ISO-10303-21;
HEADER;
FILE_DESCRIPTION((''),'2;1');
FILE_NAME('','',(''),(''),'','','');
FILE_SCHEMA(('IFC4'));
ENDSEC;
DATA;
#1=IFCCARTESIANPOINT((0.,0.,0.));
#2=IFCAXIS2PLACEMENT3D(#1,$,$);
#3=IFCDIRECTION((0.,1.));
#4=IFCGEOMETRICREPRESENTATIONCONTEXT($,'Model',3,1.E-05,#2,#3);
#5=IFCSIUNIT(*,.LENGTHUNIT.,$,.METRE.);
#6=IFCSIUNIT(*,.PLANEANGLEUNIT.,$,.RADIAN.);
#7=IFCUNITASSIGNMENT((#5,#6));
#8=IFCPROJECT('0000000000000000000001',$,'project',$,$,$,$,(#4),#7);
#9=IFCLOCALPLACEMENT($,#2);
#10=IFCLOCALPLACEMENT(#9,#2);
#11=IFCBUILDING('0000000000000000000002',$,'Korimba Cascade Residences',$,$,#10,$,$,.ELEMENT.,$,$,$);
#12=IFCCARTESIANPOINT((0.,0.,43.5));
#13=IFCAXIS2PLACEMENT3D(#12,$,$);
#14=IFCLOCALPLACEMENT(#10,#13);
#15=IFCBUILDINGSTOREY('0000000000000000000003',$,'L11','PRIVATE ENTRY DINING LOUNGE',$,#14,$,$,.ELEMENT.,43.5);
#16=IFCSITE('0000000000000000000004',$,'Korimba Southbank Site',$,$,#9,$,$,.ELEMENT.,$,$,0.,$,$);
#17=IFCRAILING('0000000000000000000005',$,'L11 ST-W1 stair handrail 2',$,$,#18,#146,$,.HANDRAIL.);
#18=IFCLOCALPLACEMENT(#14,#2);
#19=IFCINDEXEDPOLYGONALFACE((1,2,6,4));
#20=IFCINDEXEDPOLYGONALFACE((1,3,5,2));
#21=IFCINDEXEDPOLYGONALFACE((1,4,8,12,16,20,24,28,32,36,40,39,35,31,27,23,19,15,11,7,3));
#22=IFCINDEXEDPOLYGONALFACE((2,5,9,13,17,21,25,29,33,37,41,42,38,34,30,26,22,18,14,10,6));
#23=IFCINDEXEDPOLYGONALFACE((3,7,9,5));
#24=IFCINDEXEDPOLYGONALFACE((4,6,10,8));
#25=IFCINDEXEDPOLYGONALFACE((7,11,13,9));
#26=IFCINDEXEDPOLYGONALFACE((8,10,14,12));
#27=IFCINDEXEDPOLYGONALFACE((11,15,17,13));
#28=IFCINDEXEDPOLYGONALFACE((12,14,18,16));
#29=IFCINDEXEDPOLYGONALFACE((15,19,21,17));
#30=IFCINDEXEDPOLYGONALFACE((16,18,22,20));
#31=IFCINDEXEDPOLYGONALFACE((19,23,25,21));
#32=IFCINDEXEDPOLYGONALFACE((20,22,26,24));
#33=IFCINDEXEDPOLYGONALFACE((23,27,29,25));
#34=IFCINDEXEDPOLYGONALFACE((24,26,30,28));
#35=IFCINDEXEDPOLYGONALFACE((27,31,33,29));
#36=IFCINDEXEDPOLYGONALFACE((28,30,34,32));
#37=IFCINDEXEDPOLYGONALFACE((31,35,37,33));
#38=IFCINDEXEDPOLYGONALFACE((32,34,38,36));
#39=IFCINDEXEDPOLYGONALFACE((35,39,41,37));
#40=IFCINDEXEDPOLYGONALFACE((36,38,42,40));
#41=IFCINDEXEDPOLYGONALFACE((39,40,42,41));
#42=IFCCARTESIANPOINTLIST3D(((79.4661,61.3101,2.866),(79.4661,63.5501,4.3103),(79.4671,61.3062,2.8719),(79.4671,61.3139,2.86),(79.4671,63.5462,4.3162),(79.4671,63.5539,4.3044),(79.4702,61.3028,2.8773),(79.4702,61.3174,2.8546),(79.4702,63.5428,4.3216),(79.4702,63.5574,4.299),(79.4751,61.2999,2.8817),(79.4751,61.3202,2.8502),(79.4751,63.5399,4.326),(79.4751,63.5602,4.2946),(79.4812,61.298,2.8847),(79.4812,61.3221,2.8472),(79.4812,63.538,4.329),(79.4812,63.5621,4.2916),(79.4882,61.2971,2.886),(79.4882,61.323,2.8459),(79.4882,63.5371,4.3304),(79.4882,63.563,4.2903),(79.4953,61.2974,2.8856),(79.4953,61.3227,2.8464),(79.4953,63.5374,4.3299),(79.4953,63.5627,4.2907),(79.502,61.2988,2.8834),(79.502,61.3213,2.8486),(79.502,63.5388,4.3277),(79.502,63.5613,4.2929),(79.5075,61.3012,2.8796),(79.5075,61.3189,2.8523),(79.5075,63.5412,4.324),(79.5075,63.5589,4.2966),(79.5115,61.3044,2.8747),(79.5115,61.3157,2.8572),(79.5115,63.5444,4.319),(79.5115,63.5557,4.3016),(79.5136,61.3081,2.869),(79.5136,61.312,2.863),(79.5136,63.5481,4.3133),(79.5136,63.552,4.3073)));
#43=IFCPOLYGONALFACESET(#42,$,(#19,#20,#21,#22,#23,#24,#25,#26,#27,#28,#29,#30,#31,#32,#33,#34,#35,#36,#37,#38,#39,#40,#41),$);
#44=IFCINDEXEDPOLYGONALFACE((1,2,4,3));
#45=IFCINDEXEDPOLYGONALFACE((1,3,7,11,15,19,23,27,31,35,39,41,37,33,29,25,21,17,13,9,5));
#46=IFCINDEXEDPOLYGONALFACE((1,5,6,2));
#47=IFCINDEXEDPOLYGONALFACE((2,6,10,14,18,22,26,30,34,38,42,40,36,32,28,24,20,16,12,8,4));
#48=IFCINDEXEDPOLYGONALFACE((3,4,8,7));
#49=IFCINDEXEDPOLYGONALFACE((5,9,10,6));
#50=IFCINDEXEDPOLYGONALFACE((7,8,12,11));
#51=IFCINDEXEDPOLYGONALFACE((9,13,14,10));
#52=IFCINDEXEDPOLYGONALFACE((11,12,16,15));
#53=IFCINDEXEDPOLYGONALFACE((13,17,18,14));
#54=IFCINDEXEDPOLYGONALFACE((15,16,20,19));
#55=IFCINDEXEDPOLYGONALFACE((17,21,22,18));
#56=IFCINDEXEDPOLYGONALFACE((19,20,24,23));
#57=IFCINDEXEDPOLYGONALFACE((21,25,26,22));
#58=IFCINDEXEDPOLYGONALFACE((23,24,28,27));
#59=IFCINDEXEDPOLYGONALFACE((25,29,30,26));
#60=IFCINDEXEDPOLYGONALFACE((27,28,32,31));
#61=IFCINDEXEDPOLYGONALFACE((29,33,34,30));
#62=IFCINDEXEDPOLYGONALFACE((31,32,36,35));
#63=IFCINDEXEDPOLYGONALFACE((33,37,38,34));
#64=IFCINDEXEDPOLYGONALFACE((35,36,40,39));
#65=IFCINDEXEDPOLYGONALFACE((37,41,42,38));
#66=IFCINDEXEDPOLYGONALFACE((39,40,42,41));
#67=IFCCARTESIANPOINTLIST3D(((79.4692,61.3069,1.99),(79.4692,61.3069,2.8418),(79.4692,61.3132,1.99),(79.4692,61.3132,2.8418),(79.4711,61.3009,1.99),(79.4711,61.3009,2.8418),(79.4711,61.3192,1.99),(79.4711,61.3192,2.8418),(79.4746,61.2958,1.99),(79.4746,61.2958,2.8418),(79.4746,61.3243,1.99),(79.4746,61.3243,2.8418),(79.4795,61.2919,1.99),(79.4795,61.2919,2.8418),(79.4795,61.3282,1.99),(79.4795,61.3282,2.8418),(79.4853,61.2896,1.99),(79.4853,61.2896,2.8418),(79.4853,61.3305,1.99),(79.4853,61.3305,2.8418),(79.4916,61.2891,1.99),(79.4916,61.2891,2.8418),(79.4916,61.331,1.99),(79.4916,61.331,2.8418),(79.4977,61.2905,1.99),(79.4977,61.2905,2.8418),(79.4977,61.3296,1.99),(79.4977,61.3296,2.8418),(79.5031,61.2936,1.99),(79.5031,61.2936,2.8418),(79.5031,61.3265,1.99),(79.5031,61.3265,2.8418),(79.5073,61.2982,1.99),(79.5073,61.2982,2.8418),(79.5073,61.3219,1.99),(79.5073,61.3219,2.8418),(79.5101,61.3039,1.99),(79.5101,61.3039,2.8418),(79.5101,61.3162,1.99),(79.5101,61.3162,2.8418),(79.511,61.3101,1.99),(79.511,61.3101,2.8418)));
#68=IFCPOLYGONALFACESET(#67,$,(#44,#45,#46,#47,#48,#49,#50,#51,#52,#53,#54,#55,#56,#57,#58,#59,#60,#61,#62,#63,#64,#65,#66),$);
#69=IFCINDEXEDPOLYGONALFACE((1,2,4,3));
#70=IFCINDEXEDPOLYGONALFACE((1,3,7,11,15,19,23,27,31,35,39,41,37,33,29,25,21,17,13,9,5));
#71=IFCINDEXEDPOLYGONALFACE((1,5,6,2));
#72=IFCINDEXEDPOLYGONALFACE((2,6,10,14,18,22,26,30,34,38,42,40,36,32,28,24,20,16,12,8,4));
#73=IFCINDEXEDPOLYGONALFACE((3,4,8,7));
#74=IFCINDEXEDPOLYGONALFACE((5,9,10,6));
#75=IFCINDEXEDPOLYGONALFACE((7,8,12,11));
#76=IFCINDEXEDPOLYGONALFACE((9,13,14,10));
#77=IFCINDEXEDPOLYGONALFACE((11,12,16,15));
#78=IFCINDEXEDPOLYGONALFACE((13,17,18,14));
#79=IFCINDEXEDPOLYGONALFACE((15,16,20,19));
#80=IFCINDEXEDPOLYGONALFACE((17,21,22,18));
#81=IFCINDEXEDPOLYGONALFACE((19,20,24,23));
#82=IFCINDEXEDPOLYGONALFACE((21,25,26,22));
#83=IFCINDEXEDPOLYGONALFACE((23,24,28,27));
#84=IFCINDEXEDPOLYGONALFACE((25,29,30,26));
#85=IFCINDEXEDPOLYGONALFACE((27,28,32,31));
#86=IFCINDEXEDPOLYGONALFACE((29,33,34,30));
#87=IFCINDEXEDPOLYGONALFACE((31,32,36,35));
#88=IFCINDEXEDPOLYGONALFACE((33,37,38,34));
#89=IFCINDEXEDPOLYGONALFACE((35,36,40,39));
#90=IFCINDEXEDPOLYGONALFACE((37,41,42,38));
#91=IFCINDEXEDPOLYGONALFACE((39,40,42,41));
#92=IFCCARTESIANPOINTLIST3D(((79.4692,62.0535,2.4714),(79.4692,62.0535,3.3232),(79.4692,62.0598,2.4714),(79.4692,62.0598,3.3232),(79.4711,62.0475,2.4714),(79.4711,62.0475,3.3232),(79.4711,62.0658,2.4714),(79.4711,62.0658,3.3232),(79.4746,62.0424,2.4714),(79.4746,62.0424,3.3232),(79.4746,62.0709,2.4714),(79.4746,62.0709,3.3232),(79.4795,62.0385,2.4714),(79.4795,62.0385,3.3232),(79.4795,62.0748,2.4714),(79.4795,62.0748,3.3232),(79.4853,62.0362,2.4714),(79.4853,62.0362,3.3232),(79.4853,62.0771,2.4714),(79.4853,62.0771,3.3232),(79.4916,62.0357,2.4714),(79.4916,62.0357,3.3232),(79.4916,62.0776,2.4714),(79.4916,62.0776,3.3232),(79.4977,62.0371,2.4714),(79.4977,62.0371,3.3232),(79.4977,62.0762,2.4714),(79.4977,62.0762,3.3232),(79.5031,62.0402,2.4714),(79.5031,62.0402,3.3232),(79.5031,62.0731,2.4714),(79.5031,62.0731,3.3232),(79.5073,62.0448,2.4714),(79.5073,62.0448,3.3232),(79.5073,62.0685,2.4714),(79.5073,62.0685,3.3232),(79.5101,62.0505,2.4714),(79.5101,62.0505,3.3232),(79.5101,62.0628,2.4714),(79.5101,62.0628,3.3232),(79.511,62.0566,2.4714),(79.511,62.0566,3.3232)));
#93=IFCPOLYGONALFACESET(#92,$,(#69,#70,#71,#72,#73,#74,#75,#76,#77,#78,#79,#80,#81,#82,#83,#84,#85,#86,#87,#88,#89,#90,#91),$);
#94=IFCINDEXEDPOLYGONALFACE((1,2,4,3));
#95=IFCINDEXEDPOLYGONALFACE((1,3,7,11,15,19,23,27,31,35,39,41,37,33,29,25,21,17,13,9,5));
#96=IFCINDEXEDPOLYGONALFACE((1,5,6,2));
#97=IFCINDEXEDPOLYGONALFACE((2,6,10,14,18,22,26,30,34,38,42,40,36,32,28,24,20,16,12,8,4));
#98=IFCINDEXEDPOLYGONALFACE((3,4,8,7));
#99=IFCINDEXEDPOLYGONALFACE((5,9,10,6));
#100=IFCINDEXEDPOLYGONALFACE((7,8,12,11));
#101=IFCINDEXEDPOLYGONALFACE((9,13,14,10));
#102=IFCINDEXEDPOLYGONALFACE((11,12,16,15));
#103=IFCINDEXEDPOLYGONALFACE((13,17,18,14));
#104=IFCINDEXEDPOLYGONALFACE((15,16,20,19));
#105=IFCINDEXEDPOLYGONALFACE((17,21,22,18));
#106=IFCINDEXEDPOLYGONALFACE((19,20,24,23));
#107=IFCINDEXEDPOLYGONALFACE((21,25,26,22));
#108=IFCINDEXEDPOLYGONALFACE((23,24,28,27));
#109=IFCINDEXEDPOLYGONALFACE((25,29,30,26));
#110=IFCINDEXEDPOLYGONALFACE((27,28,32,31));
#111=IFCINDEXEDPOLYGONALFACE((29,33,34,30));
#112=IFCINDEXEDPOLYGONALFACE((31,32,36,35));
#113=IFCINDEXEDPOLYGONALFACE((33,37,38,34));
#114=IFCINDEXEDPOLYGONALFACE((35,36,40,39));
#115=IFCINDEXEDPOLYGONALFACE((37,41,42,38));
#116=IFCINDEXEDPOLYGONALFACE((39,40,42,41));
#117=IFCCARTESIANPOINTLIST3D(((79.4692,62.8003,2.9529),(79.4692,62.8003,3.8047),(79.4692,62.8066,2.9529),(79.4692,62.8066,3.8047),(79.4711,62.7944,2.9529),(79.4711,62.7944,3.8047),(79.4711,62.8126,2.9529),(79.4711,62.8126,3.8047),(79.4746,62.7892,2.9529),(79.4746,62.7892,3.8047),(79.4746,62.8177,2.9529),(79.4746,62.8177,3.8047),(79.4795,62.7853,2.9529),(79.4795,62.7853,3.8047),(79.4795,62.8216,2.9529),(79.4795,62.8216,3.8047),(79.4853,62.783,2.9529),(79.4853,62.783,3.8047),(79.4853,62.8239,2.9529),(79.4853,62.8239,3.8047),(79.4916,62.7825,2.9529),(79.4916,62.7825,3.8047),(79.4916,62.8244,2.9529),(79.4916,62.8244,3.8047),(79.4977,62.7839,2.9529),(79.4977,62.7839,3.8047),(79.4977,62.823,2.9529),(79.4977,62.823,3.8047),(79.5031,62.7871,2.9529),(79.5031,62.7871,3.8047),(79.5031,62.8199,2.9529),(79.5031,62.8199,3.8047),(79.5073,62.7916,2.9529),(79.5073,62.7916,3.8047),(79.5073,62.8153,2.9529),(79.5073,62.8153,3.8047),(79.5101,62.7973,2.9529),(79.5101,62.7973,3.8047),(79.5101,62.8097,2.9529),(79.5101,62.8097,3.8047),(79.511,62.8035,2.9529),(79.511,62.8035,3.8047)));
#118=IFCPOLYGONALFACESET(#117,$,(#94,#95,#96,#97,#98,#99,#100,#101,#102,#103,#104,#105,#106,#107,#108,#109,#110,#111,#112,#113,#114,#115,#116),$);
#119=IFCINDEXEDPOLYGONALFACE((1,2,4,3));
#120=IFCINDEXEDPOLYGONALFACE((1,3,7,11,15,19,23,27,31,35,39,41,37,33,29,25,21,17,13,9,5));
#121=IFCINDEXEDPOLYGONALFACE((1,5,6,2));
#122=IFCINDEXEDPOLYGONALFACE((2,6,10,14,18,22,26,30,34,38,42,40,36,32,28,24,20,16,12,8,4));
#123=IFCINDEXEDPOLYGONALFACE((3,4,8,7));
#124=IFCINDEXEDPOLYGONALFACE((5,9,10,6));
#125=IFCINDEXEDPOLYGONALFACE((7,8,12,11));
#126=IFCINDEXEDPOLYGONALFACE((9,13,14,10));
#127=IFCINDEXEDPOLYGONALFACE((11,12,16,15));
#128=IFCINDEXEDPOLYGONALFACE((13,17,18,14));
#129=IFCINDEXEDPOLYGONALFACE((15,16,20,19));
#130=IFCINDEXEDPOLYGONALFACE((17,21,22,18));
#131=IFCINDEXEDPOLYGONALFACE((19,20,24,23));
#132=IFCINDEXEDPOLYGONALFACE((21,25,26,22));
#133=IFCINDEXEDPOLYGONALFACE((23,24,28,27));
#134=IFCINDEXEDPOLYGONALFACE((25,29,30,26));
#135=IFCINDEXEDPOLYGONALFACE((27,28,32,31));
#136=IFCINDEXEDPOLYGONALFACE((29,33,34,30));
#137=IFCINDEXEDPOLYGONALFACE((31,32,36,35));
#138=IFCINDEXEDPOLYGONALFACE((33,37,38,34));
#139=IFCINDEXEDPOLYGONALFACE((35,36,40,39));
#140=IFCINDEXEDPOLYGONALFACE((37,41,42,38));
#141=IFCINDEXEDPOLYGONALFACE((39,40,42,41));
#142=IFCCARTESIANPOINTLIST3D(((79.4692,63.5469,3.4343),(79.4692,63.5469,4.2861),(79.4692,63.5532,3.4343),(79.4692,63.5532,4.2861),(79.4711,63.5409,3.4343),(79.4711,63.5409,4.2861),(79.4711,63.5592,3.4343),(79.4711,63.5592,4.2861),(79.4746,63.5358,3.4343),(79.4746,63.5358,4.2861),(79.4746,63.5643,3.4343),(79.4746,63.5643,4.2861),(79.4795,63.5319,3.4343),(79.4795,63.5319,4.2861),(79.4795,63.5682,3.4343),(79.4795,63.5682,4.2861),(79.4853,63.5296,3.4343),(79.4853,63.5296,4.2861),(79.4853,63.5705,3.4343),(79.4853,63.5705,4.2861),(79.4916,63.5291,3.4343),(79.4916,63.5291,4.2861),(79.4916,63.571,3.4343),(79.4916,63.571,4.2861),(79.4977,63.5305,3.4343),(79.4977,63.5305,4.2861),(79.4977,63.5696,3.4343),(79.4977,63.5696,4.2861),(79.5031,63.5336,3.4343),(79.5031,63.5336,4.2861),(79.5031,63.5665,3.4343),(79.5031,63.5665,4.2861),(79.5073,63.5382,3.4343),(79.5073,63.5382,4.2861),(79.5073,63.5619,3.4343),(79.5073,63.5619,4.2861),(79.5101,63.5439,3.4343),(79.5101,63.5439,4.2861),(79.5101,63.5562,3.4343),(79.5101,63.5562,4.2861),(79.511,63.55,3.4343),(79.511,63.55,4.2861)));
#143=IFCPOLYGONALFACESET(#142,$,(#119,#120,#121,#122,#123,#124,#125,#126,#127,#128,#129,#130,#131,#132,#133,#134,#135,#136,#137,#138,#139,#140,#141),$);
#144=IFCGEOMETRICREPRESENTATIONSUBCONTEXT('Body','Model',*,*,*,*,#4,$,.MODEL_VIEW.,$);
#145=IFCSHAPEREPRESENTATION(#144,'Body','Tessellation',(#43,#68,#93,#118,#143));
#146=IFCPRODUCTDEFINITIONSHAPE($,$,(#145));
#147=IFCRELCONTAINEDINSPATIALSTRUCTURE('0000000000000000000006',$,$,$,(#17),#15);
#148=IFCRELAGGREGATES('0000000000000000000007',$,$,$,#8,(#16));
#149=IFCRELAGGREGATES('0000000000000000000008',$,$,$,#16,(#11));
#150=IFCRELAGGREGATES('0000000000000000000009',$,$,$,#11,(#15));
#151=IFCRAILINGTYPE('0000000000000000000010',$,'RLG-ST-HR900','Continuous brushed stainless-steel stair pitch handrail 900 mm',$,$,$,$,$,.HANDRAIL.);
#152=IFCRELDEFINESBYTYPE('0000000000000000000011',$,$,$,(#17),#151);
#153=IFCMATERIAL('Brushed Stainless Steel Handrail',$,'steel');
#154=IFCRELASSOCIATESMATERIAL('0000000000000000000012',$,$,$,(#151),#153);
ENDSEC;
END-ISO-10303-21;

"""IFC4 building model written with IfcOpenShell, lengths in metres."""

from ifc_helpers import new_model, si_unit, direction, frame, origin, origin_2d, place, context, subcontext, project, spatial, circle, extrude, material, type_object, element, save


model = new_model("IFC4")

# Units and contexts
model_context = context("Model", 3, precision=1e-05, world=origin(), true_north=direction((0.0, 1.0)))
body_context = subcontext(model_context, "Body", "Model", "MODEL_VIEW")
ifc_project = project(units=[si_unit("LENGTHUNIT", "METRE"), si_unit("PLANEANGLEUNIT", "RADIAN")], contexts=[model_context])

# Site, building, storey
site_placement = place(None, origin())
site = spatial("IfcSite", under=ifc_project, at=site_placement, Name="Korimba Southbank Site", CompositionType="ELEMENT", RefElevation=0.0)
building_placement = place(site_placement, origin())
building = spatial("IfcBuilding", under=site, at=building_placement, Name="Korimba Cascade Residences", CompositionType="ELEMENT")
storey_placement = place(building_placement, frame((0.0, 0.0, 43.5)))
storey = spatial("IfcBuildingStorey", under=building, at=storey_placement, Name="L11", Description="PRIVATE ENTRY DINING LOUNGE", CompositionType="ELEMENT", Elevation=43.5)

# Railing
ifc_material_1 = material(Name="Brushed Stainless Steel Handrail", Category="steel")
railing_type_1 = type_object("IfcRailingType", Name="RLG-ST-HR900", Description="Continuous brushed stainless-steel stair pitch handrail 900 mm", PredefinedType="HANDRAIL", material=ifc_material_1)
railing_1_placement = place(storey_placement, frame((79.49, 61.3101, 1.99)))
element("IfcRailing", 1, at=railing_1_placement, inside=storey, type_object=railing_type_1, Name="L11 ST-W1 stair handrail 2", PredefinedType="HANDRAIL", context=body_context, shape_type="SweptSolid", body=[
    extrude(circle(Radius=0.0239, at=origin_2d()), frame((0.0, 0.0, 0.876), z_axis=(0.0, 0.840437, 0.54191), x_axis=(-1.0, 0.0, 0.0)), (0.0, 0.0, 1.0), 2.6653),
    extrude(circle(Radius=0.021, at=origin_2d()), origin(), (0.0, 0.0, 1.0), 0.8518),
    extrude(circle(Radius=0.021, at=origin_2d()), frame((0.0, 0.7466, 0.4814)), (0.0, 0.0, 1.0), 0.8518),
    extrude(circle(Radius=0.021, at=origin_2d()), frame((0.0, 1.4934, 0.9629)), (0.0, 0.0, 1.0), 0.8518),
    extrude(circle(Radius=0.021, at=origin_2d()), frame((0.0, 2.24, 1.4443)), (0.0, 0.0, 1.0), 0.8518),
])

save(model, "model.ifc")
